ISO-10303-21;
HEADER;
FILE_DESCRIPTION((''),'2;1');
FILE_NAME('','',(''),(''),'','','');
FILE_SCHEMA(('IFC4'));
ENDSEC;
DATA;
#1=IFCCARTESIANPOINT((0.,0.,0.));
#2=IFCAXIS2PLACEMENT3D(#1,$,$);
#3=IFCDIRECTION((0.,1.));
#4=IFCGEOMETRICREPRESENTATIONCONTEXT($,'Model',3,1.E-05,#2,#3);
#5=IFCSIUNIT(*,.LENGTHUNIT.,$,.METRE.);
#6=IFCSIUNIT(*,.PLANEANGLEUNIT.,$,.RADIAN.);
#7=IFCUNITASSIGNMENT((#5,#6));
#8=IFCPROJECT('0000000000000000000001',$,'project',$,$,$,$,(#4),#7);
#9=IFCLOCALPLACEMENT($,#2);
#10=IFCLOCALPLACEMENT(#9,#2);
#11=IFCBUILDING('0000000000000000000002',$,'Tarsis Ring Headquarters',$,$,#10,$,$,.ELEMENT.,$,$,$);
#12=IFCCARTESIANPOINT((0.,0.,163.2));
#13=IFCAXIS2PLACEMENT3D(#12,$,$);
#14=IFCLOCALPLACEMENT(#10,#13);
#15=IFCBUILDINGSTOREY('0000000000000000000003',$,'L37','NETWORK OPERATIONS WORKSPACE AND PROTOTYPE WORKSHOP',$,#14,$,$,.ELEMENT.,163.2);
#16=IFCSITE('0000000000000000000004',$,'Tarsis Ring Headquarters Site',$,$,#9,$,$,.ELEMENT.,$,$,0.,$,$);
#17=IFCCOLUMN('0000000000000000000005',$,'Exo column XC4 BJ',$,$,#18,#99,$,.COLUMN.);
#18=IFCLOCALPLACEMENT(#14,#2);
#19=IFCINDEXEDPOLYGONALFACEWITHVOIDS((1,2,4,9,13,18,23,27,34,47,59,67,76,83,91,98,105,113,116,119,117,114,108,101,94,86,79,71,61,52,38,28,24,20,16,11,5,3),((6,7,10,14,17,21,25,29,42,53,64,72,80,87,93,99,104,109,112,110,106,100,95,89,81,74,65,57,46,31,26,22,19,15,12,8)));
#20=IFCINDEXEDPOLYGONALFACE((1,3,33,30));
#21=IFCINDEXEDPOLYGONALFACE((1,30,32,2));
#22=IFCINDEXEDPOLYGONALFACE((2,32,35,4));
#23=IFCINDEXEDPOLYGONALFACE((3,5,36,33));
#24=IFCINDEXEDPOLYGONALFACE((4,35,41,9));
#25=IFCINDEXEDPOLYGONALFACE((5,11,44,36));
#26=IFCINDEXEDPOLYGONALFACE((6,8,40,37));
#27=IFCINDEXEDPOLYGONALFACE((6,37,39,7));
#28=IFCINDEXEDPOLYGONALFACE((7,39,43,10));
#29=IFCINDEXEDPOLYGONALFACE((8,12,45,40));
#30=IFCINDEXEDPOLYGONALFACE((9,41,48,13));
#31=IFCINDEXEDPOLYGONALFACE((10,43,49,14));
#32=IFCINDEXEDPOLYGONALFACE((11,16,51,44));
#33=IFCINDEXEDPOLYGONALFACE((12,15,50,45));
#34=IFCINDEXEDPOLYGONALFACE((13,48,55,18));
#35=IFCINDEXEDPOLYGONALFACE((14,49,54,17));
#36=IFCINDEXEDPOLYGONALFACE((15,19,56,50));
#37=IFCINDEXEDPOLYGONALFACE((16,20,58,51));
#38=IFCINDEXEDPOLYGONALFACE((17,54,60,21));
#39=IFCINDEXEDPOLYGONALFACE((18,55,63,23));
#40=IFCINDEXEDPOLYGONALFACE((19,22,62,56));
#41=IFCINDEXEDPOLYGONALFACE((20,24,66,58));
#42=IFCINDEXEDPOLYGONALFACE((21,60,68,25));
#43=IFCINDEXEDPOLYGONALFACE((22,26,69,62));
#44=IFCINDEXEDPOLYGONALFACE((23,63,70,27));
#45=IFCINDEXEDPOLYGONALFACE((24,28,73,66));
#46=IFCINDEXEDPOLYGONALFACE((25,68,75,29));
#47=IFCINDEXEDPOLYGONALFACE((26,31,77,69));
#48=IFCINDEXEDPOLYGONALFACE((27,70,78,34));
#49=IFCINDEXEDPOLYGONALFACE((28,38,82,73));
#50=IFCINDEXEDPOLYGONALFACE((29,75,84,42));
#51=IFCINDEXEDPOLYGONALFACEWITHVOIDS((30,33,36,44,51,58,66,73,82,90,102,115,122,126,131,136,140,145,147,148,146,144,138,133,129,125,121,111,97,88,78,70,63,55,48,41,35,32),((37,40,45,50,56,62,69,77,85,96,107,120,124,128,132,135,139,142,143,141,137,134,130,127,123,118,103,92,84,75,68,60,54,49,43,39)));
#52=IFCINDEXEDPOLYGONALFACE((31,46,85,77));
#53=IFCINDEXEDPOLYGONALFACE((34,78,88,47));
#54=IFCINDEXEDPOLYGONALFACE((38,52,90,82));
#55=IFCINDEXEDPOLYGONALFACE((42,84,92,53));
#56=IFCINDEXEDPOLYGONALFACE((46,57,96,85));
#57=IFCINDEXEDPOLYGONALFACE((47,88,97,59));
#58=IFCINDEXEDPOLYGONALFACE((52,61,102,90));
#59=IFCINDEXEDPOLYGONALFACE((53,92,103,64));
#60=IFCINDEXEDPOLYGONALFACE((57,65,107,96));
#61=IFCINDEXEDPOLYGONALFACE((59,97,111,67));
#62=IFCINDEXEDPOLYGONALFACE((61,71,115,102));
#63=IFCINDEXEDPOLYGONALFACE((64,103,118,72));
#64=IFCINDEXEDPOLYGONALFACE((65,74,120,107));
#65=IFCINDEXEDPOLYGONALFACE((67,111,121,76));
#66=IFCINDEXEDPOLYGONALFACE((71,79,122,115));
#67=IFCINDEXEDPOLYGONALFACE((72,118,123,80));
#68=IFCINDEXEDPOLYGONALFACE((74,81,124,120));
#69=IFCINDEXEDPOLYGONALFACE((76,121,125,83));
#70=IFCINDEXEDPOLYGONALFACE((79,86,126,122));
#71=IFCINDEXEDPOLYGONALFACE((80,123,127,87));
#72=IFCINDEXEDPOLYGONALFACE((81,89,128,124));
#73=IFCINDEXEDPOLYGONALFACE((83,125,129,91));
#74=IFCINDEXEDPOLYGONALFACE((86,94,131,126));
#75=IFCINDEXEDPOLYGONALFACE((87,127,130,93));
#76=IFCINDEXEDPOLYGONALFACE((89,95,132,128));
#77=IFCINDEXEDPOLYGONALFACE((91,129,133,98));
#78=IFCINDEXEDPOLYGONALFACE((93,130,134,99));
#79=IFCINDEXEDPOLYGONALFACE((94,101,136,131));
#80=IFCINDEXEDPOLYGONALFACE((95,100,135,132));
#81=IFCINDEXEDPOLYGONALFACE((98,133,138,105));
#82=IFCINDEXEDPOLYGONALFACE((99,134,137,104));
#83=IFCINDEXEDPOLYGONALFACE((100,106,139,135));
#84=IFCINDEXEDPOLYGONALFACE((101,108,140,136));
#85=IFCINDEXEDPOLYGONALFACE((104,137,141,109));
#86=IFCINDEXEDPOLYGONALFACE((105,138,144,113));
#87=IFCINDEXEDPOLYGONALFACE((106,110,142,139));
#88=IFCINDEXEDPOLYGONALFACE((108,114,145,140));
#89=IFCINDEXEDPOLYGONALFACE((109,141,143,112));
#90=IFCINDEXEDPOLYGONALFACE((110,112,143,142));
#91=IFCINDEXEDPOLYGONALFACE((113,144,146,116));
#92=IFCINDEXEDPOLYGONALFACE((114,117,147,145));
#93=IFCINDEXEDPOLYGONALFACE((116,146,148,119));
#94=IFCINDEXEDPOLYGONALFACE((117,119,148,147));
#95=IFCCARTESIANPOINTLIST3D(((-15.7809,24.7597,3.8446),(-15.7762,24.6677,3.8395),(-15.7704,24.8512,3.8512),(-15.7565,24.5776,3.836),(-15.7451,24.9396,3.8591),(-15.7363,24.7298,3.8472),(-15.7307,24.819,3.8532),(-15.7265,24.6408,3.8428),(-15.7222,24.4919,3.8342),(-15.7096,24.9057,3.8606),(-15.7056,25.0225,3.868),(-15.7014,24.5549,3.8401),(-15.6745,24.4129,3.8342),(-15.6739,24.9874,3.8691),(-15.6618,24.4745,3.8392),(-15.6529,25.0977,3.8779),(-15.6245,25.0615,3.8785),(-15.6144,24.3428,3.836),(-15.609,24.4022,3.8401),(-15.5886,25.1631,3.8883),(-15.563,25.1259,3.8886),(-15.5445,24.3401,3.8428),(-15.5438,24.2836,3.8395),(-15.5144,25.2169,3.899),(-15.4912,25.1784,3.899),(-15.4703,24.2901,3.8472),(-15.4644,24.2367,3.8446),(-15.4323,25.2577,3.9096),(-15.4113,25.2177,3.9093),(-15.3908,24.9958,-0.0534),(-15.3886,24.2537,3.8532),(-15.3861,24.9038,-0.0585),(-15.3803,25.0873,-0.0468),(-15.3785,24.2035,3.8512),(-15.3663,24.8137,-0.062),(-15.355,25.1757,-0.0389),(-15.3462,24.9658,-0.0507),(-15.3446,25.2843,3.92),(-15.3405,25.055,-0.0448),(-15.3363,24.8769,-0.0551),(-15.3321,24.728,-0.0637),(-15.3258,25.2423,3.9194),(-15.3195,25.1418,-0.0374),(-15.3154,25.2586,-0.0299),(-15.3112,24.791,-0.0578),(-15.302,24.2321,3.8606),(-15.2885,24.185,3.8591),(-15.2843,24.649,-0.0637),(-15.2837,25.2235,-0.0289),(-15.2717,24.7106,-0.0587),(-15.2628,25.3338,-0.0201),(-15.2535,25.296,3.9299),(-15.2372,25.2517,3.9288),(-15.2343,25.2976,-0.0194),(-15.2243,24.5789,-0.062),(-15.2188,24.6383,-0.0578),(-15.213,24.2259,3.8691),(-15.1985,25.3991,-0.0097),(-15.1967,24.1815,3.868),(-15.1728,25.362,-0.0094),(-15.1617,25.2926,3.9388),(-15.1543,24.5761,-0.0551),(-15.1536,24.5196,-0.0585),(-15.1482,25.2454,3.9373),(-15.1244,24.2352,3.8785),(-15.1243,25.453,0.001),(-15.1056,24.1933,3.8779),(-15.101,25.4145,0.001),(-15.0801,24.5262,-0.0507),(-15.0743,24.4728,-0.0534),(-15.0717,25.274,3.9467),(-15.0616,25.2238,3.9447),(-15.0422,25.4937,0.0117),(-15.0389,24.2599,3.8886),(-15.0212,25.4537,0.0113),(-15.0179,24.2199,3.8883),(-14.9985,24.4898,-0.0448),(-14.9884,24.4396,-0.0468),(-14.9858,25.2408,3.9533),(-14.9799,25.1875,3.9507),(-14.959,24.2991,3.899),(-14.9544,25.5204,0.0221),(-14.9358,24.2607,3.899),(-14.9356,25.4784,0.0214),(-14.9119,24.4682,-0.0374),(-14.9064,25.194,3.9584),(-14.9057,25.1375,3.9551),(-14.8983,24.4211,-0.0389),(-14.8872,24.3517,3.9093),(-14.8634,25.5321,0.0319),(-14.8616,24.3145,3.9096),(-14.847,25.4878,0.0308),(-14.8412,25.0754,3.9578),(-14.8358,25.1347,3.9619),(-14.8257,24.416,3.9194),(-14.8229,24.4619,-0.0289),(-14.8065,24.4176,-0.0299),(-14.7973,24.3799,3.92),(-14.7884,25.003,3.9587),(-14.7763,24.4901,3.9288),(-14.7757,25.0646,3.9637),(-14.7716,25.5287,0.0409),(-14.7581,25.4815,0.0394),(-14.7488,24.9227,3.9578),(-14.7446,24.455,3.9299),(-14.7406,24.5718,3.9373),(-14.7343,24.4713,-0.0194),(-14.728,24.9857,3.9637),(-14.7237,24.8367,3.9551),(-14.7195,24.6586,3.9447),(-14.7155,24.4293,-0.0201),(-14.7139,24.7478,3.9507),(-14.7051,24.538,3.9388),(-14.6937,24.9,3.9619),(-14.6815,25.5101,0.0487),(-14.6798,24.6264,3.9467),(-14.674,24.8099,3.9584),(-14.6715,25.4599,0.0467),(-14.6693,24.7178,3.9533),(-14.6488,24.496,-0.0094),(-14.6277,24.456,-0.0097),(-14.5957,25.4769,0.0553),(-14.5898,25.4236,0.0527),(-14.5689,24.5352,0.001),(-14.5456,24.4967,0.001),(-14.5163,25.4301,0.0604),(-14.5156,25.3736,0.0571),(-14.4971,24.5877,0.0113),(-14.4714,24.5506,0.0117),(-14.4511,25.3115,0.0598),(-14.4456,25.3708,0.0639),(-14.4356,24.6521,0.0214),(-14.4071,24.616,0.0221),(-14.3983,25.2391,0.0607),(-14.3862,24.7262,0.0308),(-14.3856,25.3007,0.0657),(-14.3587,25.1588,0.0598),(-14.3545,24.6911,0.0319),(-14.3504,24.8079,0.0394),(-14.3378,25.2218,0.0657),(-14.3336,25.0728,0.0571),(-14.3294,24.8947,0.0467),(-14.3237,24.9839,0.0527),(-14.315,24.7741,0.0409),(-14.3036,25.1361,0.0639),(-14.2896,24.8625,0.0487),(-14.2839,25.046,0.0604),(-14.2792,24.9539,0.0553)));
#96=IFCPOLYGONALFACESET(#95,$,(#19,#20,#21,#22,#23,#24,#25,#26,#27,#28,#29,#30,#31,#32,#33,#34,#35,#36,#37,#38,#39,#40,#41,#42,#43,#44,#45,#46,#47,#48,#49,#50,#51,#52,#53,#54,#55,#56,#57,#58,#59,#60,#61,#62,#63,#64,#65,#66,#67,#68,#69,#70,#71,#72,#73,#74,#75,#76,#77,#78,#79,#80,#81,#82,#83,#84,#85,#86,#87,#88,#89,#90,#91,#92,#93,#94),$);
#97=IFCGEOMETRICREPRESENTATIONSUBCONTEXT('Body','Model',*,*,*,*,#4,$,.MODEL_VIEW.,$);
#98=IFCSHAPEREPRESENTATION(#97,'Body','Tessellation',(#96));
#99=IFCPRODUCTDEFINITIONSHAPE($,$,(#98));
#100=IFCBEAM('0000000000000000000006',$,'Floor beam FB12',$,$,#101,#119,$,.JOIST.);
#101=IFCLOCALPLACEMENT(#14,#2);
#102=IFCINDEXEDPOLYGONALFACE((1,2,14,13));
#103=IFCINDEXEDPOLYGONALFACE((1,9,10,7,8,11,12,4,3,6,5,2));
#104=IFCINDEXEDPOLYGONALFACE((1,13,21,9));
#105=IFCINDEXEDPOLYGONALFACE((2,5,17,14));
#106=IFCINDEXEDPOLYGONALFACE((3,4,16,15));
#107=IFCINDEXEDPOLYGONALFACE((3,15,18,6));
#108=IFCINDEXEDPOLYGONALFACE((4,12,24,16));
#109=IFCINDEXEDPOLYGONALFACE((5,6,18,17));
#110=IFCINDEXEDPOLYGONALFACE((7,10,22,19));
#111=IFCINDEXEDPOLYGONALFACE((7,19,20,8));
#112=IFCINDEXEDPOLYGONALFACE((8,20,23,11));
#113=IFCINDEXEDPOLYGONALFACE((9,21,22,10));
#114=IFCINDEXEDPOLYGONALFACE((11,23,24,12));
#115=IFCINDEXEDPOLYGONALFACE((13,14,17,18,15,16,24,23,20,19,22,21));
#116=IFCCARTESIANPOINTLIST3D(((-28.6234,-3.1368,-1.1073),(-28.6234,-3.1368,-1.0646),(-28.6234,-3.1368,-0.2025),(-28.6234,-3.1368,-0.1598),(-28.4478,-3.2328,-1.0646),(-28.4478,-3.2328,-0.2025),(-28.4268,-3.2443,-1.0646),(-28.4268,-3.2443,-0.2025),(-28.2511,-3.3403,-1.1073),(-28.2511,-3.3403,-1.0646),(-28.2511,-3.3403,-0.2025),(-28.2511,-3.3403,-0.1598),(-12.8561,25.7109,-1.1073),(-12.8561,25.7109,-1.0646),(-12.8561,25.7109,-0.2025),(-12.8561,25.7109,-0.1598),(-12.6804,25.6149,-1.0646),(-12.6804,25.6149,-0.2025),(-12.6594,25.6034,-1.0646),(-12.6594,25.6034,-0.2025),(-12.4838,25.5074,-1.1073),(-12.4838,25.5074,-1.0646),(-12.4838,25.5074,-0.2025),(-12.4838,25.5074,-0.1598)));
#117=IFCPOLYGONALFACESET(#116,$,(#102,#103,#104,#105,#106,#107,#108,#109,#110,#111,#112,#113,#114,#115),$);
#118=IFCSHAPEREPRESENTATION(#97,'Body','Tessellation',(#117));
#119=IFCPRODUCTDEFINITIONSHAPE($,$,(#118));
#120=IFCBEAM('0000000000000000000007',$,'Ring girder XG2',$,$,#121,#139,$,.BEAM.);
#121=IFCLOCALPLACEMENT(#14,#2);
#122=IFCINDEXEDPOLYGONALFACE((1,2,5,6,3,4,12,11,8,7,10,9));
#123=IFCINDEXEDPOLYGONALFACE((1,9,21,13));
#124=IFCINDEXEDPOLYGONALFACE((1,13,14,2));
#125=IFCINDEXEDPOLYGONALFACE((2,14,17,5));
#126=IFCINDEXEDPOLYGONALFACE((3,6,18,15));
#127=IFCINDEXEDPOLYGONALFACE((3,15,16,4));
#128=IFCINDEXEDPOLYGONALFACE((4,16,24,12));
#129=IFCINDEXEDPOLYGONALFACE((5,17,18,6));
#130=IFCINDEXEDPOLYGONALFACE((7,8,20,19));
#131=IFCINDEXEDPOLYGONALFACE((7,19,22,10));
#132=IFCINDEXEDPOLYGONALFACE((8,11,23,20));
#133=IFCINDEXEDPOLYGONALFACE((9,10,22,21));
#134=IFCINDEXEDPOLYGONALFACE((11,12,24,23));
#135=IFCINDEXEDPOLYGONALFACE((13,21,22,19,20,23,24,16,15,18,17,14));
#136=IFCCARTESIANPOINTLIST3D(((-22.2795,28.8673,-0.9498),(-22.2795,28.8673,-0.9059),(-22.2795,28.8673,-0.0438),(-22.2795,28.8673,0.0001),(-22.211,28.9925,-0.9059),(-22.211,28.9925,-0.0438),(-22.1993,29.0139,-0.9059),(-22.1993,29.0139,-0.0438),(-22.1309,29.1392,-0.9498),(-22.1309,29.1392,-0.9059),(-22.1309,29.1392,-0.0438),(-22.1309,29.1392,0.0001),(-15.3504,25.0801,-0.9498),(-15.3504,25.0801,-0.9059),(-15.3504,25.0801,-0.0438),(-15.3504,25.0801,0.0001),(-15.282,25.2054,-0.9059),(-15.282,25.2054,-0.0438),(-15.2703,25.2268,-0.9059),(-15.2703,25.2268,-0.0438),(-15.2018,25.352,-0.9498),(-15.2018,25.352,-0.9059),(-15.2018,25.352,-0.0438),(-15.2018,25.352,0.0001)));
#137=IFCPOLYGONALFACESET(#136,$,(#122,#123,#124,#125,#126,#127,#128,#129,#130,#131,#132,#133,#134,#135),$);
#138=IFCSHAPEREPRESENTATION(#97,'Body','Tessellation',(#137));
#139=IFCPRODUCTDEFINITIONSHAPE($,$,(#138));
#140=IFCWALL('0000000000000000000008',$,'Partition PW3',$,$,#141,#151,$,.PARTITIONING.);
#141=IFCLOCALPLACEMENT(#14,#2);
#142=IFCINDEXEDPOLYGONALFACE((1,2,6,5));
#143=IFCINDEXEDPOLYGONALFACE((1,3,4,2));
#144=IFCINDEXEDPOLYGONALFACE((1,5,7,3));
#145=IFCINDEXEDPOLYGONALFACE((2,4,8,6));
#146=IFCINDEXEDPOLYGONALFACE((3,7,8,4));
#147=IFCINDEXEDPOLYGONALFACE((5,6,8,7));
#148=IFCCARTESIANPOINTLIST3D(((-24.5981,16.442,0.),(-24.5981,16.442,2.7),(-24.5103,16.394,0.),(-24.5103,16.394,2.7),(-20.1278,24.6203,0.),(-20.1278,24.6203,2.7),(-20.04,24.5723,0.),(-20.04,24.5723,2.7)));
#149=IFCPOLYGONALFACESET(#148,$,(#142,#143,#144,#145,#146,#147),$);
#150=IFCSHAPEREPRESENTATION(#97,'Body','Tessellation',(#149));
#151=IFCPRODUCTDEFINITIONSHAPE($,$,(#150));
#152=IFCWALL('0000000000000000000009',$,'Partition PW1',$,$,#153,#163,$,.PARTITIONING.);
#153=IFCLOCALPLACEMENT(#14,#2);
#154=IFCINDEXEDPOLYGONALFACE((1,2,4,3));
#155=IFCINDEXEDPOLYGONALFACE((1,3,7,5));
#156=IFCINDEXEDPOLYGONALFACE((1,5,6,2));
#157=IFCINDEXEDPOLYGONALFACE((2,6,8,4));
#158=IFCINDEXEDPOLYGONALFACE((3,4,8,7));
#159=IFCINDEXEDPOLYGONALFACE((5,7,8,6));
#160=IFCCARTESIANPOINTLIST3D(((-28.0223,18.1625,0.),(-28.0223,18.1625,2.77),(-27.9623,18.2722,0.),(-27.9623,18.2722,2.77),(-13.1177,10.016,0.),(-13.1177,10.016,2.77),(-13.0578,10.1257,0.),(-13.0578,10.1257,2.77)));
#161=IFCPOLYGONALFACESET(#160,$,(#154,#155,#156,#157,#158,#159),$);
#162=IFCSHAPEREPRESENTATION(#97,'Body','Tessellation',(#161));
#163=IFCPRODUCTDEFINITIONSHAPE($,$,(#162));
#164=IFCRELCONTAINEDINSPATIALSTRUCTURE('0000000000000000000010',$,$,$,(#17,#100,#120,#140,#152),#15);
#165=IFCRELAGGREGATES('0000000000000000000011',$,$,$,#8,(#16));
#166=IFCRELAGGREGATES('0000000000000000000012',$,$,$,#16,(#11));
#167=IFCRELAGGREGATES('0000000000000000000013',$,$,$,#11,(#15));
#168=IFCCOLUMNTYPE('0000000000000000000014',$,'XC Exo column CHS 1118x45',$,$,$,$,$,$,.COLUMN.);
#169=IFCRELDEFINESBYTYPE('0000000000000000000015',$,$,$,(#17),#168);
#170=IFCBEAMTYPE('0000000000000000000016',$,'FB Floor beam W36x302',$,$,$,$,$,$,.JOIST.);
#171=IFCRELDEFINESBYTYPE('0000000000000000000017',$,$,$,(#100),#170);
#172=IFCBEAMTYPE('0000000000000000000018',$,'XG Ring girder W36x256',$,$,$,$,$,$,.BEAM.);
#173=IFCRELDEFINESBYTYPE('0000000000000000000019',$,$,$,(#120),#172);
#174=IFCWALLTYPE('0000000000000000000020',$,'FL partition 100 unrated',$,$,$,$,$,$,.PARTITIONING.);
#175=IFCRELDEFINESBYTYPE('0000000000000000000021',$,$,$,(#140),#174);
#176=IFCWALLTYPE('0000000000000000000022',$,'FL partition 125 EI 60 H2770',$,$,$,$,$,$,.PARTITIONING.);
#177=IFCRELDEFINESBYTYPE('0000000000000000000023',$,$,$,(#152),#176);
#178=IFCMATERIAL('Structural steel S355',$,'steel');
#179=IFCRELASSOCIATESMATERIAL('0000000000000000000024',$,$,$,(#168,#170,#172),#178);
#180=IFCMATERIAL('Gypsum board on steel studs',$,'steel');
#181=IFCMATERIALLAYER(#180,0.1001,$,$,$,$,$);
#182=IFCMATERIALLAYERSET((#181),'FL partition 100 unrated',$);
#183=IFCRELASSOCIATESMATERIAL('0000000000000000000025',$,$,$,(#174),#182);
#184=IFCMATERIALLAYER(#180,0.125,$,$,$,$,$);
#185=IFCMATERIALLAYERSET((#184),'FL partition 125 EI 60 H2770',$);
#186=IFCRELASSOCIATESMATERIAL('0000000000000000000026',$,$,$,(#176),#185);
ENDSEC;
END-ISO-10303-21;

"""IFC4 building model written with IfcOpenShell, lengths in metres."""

from ifc_helpers import new_model, si_unit, direction, frame, frame_2d, origin, origin_2d, place, context, subcontext, project, spatial, rectangle, hollow_circle, i_section, extrude, material, layer, layer_set, material_profile, profile_set, type_object, element, save


model = new_model("IFC4")

# Units and contexts
model_context = context("Model", 3, precision=1e-05, world=origin(), true_north=direction((0.0, 1.0)))
body_context = subcontext(model_context, "Body", "Model", "MODEL_VIEW")
ifc_project = project(units=[si_unit("LENGTHUNIT", "METRE"), si_unit("PLANEANGLEUNIT", "RADIAN")], contexts=[model_context])

# Site, building, storey
site_placement = place(None, origin())
site = spatial("IfcSite", under=ifc_project, at=site_placement, Name="Tarsis Ring Headquarters Site", CompositionType="ELEMENT", RefElevation=0.0)
building_placement = place(site_placement, origin())
building = spatial("IfcBuilding", under=site, at=building_placement, Name="Tarsis Ring Headquarters", CompositionType="ELEMENT")
storey_placement = place(building_placement, frame((0.0, 0.0, 163.2)))
storey = spatial("IfcBuildingStorey", under=building, at=storey_placement, Name="L37", Description="NETWORK OPERATIONS WORKSPACE AND PROTOTYPE WORKSHOP", CompositionType="ELEMENT", Elevation=163.2)

# Column
ifc_material_1 = material(Name="Structural steel S355", Category="steel")
ifc_material_profile_1 = material_profile(ifc_material_1, hollow_circle(Radius=0.5588, WallThickness=0.0449, at=origin_2d()), Name="CHS 1118x45")
ifc_profile_set_1 = profile_set([ifc_material_profile_1], Name="Structural steel S355")
column_type = type_object("IfcColumnType", Name="XC Exo column CHS 1118x45", PredefinedType="COLUMN", material=ifc_profile_set_1)
column_placement = place(storey_placement, frame((-14.835, 24.9749, 0.001), z_axis=(-0.09941, -0.060156, 0.993227), x_axis=(0.51772, -0.85555, 0.0)))
element("IfcColumn", 1, at=column_placement, inside=storey, type_object=column_type, Name="Exo column XC4 BJ", PredefinedType="COLUMN", context=body_context, shape_type="SweptSolid", body=[
    extrude(hollow_circle(Radius=0.5588, WallThickness=0.0449, at=origin_2d()), origin(), (0.0, 0.0, 1.0), 3.9246),
])

# Beams
ifc_material_profile_2 = material_profile(ifc_material_1, i_section(OverallWidth=0.4243, OverallDepth=0.9475, WebThickness=0.0239, FlangeThickness=0.0427, at=origin_2d()), Name="W36x302")
ifc_profile_set_2 = profile_set([ifc_material_profile_2], Name="Structural steel S355")
beam_type_1 = type_object("IfcBeamType", Name="FB Floor beam W36x302", PredefinedType="JOIST", material=ifc_profile_set_2)
beam_1_placement = place(storey_placement, frame((-12.6699, 25.6091, -0.6335), z_axis=(-0.479608, -0.877483, 0.0), x_axis=(0.877483, -0.479608, 0.0)))
element("IfcBeam", 2, at=beam_1_placement, inside=storey, type_object=beam_type_1, Name="Floor beam FB12", PredefinedType="JOIST", context=body_context, shape_type="SweptSolid", body=[
    extrude(i_section(OverallWidth=0.4243, OverallDepth=0.9475, WebThickness=0.0239, FlangeThickness=0.0427, at=origin_2d()), origin(), (0.0, 0.0, 1.0), 32.8755),
])
ifc_material_profile_3 = material_profile(ifc_material_1, i_section(OverallWidth=0.3098, OverallDepth=0.95, WebThickness=0.0244, FlangeThickness=0.0439, at=origin_2d()), Name="W36x256")
ifc_profile_set_3 = profile_set([ifc_material_profile_3], Name="Structural steel S355")
beam_type_2 = type_object("IfcBeamType", Name="XG Ring girder W36x256", PredefinedType="BEAM", material=ifc_profile_set_3)
beam_2_placement = place(storey_placement, frame((-15.2761, 25.2161, -0.4749), z_axis=(-0.877486, 0.479601, 0.0), x_axis=(-0.479601, -0.877486, 0.0)))
element("IfcBeam", 3, at=beam_2_placement, inside=storey, type_object=beam_type_2, Name="Ring girder XG2", PredefinedType="BEAM", context=body_context, shape_type="SweptSolid", body=[
    extrude(i_section(OverallWidth=0.3098, OverallDepth=0.95, WebThickness=0.0244, FlangeThickness=0.0439, at=origin_2d()), origin(), (0.0, 0.0, 1.0), 7.8965),
])

# Walls
ifc_material_2 = material(Name="Gypsum board on steel studs", Category="steel")
ifc_layer_1 = layer(ifc_material_2, 0.1001)
ifc_layer_set_1 = layer_set([ifc_layer_1], Name="FL partition 100 unrated")
wall_type_1 = type_object("IfcWallType", Name="FL partition 100 unrated", PredefinedType="PARTITIONING", material=ifc_layer_set_1)
wall_1_placement = place(storey_placement, frame((-24.5542, 16.418, 0.0), z_axis=(0.0, 0.0, 1.0), x_axis=(0.479626, 0.877473, 0.0)))
element("IfcWall", 4, at=wall_1_placement, inside=storey, type_object=wall_type_1, Name="Partition PW3", PredefinedType="PARTITIONING", context=body_context, shape_type="SweptSolid", body=[
    extrude(rectangle(XDim=9.3203, YDim=0.1001, at=frame_2d((4.6602, 0.0))), origin(), (0.0, 0.0, 1.0), 2.7),
])
ifc_layer_2 = layer(ifc_material_2, 0.125)
ifc_layer_set_2 = layer_set([ifc_layer_2], Name="FL partition 125 EI 60 H2770")
wall_type_2 = type_object("IfcWallType", Name="FL partition 125 EI 60 H2770", PredefinedType="PARTITIONING", material=ifc_layer_set_2)
wall_2_placement = place(storey_placement, frame((-27.9922, 18.2173, 0.0), z_axis=(0.0, 0.0, 1.0), x_axis=(0.877481, -0.479611, 0.0)))
element("IfcWall", 5, at=wall_2_placement, inside=storey, type_object=wall_type_2, Name="Partition PW1", PredefinedType="PARTITIONING", context=body_context, shape_type="SweptSolid", body=[
    extrude(rectangle(XDim=16.9856, YDim=0.125, at=frame_2d((8.4927, 0.0))), origin(), (0.0, 0.0, 1.0), 2.77),
])

save(model, "model.ifc")
